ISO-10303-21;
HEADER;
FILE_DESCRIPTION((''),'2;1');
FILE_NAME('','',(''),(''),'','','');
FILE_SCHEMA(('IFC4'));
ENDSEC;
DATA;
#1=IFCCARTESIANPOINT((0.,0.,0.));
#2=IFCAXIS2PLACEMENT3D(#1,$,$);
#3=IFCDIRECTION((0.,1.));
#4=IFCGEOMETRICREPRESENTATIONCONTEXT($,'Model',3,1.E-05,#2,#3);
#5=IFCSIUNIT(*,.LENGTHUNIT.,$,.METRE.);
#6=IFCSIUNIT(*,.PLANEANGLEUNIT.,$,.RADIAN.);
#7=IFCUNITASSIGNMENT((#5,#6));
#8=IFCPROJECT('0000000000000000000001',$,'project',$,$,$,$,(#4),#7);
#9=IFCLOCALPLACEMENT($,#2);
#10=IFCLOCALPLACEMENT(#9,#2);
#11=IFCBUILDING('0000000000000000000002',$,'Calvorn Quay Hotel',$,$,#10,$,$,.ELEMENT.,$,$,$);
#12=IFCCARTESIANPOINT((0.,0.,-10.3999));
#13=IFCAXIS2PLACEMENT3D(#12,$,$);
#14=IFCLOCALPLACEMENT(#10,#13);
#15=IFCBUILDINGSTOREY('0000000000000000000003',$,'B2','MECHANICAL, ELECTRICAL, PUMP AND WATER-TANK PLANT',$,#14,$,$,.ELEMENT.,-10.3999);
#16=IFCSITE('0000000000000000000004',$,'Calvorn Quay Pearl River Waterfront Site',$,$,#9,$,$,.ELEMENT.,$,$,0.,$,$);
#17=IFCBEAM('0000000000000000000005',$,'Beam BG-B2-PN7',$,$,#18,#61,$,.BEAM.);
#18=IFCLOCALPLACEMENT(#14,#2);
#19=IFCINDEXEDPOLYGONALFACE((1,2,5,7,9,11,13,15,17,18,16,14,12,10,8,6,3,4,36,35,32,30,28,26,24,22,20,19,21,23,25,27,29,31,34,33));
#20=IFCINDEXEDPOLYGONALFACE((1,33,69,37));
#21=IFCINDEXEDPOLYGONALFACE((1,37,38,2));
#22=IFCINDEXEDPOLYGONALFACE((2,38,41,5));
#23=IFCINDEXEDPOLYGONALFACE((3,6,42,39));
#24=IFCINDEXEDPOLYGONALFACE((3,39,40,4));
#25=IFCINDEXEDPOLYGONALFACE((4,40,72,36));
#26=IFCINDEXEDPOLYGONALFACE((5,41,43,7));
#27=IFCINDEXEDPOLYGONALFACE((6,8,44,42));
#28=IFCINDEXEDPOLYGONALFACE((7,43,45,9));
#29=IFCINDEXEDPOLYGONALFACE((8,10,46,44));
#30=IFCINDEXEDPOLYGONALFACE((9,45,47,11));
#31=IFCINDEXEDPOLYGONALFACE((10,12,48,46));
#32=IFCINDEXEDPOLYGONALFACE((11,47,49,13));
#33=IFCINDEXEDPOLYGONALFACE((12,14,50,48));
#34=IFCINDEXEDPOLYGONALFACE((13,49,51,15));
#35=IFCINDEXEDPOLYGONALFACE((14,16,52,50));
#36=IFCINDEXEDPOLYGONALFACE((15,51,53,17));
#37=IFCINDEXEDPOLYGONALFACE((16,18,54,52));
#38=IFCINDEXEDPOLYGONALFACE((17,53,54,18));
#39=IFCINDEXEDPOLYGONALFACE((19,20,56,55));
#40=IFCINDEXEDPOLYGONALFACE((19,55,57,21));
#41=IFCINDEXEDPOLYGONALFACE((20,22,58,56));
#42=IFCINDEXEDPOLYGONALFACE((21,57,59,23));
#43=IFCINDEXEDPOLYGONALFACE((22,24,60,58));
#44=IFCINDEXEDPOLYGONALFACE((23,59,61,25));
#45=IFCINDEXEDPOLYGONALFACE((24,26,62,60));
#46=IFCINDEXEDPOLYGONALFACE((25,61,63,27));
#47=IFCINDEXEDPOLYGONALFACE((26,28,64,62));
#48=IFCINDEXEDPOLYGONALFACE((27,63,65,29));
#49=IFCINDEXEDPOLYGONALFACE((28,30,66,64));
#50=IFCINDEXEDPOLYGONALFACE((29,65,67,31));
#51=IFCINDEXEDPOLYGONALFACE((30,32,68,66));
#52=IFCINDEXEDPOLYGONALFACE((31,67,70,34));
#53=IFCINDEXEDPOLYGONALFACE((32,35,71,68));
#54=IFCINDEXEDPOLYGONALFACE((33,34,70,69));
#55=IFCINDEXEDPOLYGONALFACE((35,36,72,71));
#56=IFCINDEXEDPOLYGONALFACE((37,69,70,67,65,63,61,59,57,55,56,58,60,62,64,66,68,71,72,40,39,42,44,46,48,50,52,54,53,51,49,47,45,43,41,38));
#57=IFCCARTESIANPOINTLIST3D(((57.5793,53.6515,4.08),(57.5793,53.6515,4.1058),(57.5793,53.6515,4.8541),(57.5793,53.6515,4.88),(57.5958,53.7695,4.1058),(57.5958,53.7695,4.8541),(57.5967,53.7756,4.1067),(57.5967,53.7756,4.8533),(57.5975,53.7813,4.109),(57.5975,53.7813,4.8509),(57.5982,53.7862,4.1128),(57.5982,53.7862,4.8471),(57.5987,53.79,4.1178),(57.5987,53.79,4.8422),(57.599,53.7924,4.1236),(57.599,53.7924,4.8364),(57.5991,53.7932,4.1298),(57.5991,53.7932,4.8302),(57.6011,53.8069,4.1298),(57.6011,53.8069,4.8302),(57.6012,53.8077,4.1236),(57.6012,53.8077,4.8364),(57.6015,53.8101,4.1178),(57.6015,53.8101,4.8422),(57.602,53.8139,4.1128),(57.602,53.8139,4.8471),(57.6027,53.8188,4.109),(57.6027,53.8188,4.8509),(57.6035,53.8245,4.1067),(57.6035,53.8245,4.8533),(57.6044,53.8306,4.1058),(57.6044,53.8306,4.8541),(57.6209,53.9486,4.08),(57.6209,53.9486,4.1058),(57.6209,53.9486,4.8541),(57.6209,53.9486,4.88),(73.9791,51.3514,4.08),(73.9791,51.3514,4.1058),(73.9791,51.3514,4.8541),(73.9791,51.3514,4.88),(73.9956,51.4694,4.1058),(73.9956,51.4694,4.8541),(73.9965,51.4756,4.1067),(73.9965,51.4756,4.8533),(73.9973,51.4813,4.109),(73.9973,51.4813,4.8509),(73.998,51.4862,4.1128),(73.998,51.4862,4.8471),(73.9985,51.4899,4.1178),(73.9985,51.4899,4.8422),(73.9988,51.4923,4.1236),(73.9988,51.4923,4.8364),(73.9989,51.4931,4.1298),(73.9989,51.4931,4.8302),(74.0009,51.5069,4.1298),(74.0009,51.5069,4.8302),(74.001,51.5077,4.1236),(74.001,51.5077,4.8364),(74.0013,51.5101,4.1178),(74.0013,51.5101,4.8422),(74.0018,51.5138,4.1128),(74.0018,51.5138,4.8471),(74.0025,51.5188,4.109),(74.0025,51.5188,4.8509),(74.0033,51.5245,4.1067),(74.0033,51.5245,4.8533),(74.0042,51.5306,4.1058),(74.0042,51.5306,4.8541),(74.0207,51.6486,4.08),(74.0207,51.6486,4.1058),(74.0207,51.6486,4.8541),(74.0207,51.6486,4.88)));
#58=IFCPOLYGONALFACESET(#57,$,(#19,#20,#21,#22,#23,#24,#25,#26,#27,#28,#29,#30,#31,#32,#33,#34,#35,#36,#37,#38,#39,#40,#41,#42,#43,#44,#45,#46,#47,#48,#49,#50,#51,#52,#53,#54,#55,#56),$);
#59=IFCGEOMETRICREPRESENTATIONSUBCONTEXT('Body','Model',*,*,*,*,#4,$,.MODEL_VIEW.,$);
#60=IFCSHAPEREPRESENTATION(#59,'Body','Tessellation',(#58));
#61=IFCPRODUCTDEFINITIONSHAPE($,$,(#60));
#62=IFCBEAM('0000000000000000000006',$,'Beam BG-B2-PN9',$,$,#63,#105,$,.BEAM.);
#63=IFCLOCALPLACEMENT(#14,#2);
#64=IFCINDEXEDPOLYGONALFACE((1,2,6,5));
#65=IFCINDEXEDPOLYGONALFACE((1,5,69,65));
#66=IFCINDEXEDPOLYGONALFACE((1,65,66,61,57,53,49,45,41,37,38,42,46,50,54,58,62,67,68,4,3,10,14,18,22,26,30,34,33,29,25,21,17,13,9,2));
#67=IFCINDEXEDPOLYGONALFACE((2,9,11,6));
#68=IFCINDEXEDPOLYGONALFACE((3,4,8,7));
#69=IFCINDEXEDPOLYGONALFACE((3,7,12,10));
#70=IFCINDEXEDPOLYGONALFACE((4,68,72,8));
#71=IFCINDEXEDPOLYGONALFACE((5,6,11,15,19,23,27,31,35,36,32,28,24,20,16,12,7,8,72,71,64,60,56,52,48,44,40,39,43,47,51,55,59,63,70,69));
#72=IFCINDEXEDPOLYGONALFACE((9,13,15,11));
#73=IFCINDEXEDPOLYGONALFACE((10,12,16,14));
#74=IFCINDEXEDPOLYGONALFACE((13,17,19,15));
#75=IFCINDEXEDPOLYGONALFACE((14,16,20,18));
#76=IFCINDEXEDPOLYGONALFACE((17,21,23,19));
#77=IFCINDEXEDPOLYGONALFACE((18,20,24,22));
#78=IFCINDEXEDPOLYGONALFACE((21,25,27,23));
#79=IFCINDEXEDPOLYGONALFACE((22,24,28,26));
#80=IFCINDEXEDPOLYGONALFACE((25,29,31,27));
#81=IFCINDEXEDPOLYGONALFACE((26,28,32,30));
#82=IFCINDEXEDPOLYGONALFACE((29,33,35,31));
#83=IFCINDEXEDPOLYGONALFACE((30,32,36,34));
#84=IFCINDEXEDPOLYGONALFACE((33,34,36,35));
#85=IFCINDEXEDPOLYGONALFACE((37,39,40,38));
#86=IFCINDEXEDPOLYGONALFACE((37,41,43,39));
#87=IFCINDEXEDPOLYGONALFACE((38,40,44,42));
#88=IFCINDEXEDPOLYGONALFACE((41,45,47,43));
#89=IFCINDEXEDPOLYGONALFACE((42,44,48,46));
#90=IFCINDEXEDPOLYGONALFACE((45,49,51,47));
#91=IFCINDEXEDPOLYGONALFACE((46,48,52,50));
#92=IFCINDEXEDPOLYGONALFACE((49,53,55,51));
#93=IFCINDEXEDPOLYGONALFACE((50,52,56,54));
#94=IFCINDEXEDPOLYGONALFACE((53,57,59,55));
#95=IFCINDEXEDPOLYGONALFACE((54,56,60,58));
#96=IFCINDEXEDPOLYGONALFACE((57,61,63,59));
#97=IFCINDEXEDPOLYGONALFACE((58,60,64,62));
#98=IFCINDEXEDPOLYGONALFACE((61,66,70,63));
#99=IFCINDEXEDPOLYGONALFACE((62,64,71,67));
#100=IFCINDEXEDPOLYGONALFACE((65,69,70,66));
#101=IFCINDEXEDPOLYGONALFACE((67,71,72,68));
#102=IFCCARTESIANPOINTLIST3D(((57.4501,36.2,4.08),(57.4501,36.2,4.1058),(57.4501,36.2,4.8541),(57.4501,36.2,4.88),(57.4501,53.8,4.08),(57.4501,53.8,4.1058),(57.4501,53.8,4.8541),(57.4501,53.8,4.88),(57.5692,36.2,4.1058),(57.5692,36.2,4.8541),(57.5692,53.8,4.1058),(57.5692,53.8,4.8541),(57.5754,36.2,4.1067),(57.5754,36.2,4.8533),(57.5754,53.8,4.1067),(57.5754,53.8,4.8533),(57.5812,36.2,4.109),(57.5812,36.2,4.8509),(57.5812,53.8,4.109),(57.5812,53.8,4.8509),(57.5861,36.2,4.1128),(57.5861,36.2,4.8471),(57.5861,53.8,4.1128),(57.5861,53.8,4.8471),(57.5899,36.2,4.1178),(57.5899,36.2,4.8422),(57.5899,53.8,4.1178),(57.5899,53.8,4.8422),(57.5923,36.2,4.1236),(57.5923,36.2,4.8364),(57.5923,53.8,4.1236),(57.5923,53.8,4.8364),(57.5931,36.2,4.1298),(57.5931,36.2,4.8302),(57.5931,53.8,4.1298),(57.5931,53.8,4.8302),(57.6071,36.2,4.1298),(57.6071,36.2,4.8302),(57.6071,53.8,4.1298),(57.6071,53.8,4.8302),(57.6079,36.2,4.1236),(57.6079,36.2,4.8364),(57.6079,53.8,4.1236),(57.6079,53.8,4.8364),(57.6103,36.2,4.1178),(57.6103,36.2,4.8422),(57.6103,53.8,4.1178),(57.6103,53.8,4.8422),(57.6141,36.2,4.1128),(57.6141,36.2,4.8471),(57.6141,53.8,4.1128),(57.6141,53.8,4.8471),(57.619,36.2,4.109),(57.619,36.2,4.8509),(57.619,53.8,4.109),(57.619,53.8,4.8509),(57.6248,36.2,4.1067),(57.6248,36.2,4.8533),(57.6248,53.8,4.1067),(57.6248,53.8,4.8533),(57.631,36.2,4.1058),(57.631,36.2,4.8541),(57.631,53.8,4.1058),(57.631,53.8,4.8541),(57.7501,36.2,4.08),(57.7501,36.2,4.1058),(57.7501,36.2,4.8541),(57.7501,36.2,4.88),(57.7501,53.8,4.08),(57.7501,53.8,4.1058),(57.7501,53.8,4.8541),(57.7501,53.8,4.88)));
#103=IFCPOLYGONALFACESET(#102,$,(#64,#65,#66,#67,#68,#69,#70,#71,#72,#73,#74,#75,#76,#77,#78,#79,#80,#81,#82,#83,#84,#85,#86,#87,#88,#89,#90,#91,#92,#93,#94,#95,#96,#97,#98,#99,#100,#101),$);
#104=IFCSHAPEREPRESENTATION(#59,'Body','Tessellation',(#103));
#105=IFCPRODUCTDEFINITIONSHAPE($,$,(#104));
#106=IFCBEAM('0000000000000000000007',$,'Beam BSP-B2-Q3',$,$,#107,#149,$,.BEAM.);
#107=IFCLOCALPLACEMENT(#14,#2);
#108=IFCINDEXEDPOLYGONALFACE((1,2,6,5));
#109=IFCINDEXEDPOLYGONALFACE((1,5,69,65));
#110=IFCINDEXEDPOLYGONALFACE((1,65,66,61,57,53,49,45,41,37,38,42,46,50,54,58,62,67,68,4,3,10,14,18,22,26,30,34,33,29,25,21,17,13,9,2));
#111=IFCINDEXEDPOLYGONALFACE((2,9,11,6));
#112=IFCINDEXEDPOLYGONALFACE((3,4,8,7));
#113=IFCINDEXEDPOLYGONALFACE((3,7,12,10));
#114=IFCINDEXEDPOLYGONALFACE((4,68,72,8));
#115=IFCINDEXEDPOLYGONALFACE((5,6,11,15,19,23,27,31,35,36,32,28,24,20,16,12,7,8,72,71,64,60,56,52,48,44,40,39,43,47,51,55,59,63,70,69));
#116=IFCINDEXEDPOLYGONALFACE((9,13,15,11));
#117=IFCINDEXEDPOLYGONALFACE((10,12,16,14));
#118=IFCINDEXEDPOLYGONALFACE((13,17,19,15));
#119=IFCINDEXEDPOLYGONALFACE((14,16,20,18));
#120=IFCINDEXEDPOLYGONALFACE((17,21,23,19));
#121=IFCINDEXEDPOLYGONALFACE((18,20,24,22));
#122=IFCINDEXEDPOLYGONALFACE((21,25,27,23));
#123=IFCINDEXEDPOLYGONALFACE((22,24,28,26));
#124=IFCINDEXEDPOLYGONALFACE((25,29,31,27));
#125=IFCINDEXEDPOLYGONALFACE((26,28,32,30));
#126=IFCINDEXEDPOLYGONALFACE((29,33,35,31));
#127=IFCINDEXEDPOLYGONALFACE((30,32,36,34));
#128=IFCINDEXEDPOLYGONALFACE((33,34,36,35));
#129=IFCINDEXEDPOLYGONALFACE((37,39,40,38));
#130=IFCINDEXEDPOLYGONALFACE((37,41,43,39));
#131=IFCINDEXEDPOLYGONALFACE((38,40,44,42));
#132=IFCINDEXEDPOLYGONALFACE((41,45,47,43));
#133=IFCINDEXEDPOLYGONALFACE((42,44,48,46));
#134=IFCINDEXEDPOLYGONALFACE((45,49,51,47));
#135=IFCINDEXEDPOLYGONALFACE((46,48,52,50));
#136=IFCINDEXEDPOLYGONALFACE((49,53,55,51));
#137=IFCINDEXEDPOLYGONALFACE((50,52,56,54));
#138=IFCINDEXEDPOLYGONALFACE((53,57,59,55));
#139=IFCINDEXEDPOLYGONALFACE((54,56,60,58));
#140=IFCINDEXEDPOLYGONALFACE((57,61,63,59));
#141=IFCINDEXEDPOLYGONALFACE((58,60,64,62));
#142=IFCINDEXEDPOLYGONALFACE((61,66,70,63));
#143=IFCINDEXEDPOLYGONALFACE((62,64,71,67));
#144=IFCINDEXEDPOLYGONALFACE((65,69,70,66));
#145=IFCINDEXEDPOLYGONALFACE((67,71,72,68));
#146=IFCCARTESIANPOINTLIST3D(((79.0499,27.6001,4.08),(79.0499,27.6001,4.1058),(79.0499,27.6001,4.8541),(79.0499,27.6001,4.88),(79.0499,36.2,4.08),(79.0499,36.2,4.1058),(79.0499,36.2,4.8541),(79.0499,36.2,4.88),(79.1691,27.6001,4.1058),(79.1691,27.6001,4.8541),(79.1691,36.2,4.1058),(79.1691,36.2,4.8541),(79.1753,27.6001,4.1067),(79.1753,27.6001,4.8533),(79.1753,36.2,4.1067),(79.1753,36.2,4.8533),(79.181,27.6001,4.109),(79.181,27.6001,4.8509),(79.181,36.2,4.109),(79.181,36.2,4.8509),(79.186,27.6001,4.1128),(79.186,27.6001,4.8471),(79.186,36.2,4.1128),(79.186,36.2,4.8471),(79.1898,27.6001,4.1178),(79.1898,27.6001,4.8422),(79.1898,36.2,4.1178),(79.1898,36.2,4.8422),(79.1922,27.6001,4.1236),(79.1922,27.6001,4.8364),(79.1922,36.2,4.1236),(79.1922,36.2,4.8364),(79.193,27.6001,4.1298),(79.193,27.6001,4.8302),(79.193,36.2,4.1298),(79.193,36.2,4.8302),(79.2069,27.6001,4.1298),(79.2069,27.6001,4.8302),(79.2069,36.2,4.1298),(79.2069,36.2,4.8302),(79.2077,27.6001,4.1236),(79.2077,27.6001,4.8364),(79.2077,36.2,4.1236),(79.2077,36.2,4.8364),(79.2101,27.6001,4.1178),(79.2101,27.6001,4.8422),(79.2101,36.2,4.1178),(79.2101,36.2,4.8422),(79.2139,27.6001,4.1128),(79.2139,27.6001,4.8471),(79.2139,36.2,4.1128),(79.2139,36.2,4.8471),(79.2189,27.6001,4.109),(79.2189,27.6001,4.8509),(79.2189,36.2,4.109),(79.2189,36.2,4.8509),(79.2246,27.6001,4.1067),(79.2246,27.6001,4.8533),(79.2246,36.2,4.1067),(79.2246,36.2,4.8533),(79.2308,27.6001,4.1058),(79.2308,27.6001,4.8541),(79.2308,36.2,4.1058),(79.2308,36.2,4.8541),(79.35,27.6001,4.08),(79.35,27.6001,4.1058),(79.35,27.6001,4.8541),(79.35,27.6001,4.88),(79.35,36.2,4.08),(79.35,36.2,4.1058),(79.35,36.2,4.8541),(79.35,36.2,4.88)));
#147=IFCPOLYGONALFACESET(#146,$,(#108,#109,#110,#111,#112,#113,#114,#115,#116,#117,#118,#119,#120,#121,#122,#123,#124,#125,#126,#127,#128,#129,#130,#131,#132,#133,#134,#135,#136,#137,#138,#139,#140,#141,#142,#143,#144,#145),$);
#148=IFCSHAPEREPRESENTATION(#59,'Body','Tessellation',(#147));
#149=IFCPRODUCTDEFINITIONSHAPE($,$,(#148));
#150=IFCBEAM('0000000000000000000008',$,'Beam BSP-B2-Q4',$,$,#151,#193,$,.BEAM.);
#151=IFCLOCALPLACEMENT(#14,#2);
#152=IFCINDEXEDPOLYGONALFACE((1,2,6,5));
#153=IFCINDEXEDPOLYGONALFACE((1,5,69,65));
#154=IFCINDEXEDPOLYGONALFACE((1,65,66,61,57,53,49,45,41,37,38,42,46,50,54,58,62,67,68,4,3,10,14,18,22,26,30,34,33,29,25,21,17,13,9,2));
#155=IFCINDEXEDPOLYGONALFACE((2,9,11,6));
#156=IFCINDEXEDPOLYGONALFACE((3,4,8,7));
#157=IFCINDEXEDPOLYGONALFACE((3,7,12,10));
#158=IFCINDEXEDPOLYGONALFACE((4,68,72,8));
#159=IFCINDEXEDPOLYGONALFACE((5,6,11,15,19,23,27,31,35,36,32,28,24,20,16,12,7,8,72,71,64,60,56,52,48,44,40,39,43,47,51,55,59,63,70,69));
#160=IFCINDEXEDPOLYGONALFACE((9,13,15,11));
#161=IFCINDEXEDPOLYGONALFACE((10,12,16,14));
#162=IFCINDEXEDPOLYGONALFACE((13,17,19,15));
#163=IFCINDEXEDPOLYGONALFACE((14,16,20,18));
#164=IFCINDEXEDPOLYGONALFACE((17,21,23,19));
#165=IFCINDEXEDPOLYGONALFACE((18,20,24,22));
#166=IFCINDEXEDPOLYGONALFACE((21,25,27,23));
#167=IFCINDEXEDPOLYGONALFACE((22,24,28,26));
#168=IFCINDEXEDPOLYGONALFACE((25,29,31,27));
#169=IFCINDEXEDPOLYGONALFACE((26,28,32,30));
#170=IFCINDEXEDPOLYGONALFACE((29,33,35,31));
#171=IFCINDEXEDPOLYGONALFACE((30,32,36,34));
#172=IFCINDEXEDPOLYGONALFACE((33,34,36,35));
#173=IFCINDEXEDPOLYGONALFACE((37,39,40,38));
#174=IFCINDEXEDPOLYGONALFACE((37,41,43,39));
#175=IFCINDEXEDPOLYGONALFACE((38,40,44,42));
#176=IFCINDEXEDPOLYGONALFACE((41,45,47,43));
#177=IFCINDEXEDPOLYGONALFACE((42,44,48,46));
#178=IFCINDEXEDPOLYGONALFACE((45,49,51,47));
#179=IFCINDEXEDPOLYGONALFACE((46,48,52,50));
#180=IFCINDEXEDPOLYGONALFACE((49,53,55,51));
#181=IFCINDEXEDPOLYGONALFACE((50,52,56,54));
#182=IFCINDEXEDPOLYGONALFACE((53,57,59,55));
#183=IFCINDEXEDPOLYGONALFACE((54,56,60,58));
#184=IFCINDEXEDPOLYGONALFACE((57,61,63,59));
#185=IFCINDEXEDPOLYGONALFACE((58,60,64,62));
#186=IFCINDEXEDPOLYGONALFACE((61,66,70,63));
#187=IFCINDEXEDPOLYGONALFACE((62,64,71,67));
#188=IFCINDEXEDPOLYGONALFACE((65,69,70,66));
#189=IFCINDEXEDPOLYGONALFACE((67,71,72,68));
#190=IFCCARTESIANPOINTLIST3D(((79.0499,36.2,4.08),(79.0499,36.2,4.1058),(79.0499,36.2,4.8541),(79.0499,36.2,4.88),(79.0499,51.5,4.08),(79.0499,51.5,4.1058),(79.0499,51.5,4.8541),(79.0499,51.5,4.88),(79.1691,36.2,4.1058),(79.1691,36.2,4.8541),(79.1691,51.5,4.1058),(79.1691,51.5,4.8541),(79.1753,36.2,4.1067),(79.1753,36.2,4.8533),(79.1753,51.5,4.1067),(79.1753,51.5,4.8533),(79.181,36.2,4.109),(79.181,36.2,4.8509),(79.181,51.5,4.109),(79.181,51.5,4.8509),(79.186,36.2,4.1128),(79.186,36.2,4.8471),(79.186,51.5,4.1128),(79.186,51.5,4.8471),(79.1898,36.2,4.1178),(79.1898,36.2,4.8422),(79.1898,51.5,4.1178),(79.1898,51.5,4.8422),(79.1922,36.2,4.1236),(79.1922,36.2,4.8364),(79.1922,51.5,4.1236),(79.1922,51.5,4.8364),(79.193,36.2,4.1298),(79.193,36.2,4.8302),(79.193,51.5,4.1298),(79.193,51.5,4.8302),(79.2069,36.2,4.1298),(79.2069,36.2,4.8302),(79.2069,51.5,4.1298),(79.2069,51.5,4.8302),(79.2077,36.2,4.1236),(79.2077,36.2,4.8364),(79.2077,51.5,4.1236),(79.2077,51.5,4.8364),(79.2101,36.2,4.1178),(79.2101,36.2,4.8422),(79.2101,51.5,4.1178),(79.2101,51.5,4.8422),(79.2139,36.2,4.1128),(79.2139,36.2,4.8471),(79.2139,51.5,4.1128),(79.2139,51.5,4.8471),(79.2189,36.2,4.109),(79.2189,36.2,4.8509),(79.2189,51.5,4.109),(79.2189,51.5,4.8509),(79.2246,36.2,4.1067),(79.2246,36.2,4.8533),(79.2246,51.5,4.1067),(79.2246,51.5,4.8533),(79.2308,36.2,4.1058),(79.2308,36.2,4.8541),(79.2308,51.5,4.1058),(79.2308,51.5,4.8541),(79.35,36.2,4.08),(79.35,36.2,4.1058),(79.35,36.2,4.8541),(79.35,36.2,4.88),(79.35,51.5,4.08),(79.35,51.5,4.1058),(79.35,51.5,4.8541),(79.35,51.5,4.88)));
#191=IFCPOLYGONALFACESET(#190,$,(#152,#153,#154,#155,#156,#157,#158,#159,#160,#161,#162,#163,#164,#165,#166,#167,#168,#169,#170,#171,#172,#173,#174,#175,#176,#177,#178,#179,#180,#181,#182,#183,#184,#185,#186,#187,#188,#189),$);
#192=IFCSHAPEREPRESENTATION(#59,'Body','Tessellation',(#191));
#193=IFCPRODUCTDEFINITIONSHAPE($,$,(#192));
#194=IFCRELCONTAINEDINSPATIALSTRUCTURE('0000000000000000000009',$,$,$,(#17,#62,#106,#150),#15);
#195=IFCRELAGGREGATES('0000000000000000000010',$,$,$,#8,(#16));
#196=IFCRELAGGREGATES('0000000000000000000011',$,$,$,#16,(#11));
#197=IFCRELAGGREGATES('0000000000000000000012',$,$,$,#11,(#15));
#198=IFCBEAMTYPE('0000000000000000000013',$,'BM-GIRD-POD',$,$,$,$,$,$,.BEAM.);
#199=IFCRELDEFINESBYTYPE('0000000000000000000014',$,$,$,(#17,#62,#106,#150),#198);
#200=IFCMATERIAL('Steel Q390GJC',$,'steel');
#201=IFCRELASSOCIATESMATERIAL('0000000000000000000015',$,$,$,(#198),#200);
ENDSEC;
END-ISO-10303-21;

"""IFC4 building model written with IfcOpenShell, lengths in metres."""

from ifc_helpers import new_model, si_unit, direction, frame, origin, origin_2d, place, context, subcontext, project, spatial, i_section, extrude, material, material_profile, profile_set, type_object, element, save


model = new_model("IFC4")

# Units and contexts
model_context = context("Model", 3, precision=1e-05, world=origin(), true_north=direction((0.0, 1.0)))
body_context = subcontext(model_context, "Body", "Model", "MODEL_VIEW")
ifc_project = project(units=[si_unit("LENGTHUNIT", "METRE"), si_unit("PLANEANGLEUNIT", "RADIAN")], contexts=[model_context])

# Site, building, storey
site_placement = place(None, origin())
site = spatial("IfcSite", under=ifc_project, at=site_placement, Name="Calvorn Quay Pearl River Waterfront Site", CompositionType="ELEMENT", RefElevation=0.0)
building_placement = place(site_placement, origin())
building = spatial("IfcBuilding", under=site, at=building_placement, Name="Calvorn Quay Hotel", CompositionType="ELEMENT")
storey_placement = place(building_placement, frame((0.0, 0.0, -10.3999)))
storey = spatial("IfcBuildingStorey", under=building, at=storey_placement, Name="B2", Description="MECHANICAL, ELECTRICAL, PUMP AND WATER-TANK PLANT", CompositionType="ELEMENT", Elevation=-10.3999)

# Beams
ifc_material_1 = material(Name="Steel Q390GJC", Category="steel")
ifc_material_profile_1 = material_profile(ifc_material_1, i_section(OverallWidth=0.3, OverallDepth=0.8, WebThickness=0.0139, FlangeThickness=0.0259, FilletRadius=0.0239, at=origin_2d()), Name="HN800x300x14x26")
ifc_profile_set_1 = profile_set([ifc_material_profile_1], Name="Steel Q390GJC")
beam_type = type_object("IfcBeamType", Name="BM-GIRD-POD", PredefinedType="BEAM", material=ifc_profile_set_1)
beam_1_placement = place(storey_placement, frame((57.6001, 53.8, 4.48), z_axis=(0.990308, -0.138888, 0.0), x_axis=(0.138888, 0.990308, 0.0)))
element("IfcBeam", 1, at=beam_1_placement, inside=storey, type_object=beam_type, Name="Beam BG-B2-PN7", PredefinedType="BEAM", context=body_context, shape_type="SweptSolid", body=[
    extrude(i_section(OverallWidth=0.3, OverallDepth=0.8, WebThickness=0.0139, FlangeThickness=0.0259, FilletRadius=0.0239, at=origin_2d()), origin(), (0.0, 0.0, 1.0), 16.5603),
])
beam_2_placement = place(storey_placement, frame((57.6001, 36.2, 4.48), z_axis=(0.0, 1.0, 0.0), x_axis=(-1.0, 0.0, 0.0)))
element("IfcBeam", 2, at=beam_2_placement, inside=storey, type_object=beam_type, Name="Beam BG-B2-PN9", PredefinedType="BEAM", context=body_context, shape_type="SweptSolid", body=[
    extrude(i_section(OverallWidth=0.3, OverallDepth=0.8, WebThickness=0.0139, FlangeThickness=0.0259, FilletRadius=0.0239, at=origin_2d()), origin(), (0.0, 0.0, 1.0), 17.6001),
])
beam_3_placement = place(storey_placement, frame((79.2, 27.6001, 4.48), z_axis=(0.0, 1.0, 0.0), x_axis=(-1.0, 0.0, 0.0)))
element("IfcBeam", 3, at=beam_3_placement, inside=storey, type_object=beam_type, Name="Beam BSP-B2-Q3", PredefinedType="BEAM", context=body_context, shape_type="SweptSolid", body=[
    extrude(i_section(OverallWidth=0.3, OverallDepth=0.8, WebThickness=0.0139, FlangeThickness=0.0259, FilletRadius=0.0239, at=origin_2d()), origin(), (0.0, 0.0, 1.0), 8.5999),
])
beam_4_placement = place(storey_placement, frame((79.2, 36.2, 4.48), z_axis=(0.0, 1.0, 0.0), x_axis=(-1.0, 0.0, 0.0)))
element("IfcBeam", 4, at=beam_4_placement, inside=storey, type_object=beam_type, Name="Beam BSP-B2-Q4", PredefinedType="BEAM", context=body_context, shape_type="SweptSolid", body=[
    extrude(i_section(OverallWidth=0.3, OverallDepth=0.8, WebThickness=0.0139, FlangeThickness=0.0259, FilletRadius=0.0239, at=origin_2d()), origin(), (0.0, 0.0, 1.0), 15.3),
])

save(model, "model.ifc")
